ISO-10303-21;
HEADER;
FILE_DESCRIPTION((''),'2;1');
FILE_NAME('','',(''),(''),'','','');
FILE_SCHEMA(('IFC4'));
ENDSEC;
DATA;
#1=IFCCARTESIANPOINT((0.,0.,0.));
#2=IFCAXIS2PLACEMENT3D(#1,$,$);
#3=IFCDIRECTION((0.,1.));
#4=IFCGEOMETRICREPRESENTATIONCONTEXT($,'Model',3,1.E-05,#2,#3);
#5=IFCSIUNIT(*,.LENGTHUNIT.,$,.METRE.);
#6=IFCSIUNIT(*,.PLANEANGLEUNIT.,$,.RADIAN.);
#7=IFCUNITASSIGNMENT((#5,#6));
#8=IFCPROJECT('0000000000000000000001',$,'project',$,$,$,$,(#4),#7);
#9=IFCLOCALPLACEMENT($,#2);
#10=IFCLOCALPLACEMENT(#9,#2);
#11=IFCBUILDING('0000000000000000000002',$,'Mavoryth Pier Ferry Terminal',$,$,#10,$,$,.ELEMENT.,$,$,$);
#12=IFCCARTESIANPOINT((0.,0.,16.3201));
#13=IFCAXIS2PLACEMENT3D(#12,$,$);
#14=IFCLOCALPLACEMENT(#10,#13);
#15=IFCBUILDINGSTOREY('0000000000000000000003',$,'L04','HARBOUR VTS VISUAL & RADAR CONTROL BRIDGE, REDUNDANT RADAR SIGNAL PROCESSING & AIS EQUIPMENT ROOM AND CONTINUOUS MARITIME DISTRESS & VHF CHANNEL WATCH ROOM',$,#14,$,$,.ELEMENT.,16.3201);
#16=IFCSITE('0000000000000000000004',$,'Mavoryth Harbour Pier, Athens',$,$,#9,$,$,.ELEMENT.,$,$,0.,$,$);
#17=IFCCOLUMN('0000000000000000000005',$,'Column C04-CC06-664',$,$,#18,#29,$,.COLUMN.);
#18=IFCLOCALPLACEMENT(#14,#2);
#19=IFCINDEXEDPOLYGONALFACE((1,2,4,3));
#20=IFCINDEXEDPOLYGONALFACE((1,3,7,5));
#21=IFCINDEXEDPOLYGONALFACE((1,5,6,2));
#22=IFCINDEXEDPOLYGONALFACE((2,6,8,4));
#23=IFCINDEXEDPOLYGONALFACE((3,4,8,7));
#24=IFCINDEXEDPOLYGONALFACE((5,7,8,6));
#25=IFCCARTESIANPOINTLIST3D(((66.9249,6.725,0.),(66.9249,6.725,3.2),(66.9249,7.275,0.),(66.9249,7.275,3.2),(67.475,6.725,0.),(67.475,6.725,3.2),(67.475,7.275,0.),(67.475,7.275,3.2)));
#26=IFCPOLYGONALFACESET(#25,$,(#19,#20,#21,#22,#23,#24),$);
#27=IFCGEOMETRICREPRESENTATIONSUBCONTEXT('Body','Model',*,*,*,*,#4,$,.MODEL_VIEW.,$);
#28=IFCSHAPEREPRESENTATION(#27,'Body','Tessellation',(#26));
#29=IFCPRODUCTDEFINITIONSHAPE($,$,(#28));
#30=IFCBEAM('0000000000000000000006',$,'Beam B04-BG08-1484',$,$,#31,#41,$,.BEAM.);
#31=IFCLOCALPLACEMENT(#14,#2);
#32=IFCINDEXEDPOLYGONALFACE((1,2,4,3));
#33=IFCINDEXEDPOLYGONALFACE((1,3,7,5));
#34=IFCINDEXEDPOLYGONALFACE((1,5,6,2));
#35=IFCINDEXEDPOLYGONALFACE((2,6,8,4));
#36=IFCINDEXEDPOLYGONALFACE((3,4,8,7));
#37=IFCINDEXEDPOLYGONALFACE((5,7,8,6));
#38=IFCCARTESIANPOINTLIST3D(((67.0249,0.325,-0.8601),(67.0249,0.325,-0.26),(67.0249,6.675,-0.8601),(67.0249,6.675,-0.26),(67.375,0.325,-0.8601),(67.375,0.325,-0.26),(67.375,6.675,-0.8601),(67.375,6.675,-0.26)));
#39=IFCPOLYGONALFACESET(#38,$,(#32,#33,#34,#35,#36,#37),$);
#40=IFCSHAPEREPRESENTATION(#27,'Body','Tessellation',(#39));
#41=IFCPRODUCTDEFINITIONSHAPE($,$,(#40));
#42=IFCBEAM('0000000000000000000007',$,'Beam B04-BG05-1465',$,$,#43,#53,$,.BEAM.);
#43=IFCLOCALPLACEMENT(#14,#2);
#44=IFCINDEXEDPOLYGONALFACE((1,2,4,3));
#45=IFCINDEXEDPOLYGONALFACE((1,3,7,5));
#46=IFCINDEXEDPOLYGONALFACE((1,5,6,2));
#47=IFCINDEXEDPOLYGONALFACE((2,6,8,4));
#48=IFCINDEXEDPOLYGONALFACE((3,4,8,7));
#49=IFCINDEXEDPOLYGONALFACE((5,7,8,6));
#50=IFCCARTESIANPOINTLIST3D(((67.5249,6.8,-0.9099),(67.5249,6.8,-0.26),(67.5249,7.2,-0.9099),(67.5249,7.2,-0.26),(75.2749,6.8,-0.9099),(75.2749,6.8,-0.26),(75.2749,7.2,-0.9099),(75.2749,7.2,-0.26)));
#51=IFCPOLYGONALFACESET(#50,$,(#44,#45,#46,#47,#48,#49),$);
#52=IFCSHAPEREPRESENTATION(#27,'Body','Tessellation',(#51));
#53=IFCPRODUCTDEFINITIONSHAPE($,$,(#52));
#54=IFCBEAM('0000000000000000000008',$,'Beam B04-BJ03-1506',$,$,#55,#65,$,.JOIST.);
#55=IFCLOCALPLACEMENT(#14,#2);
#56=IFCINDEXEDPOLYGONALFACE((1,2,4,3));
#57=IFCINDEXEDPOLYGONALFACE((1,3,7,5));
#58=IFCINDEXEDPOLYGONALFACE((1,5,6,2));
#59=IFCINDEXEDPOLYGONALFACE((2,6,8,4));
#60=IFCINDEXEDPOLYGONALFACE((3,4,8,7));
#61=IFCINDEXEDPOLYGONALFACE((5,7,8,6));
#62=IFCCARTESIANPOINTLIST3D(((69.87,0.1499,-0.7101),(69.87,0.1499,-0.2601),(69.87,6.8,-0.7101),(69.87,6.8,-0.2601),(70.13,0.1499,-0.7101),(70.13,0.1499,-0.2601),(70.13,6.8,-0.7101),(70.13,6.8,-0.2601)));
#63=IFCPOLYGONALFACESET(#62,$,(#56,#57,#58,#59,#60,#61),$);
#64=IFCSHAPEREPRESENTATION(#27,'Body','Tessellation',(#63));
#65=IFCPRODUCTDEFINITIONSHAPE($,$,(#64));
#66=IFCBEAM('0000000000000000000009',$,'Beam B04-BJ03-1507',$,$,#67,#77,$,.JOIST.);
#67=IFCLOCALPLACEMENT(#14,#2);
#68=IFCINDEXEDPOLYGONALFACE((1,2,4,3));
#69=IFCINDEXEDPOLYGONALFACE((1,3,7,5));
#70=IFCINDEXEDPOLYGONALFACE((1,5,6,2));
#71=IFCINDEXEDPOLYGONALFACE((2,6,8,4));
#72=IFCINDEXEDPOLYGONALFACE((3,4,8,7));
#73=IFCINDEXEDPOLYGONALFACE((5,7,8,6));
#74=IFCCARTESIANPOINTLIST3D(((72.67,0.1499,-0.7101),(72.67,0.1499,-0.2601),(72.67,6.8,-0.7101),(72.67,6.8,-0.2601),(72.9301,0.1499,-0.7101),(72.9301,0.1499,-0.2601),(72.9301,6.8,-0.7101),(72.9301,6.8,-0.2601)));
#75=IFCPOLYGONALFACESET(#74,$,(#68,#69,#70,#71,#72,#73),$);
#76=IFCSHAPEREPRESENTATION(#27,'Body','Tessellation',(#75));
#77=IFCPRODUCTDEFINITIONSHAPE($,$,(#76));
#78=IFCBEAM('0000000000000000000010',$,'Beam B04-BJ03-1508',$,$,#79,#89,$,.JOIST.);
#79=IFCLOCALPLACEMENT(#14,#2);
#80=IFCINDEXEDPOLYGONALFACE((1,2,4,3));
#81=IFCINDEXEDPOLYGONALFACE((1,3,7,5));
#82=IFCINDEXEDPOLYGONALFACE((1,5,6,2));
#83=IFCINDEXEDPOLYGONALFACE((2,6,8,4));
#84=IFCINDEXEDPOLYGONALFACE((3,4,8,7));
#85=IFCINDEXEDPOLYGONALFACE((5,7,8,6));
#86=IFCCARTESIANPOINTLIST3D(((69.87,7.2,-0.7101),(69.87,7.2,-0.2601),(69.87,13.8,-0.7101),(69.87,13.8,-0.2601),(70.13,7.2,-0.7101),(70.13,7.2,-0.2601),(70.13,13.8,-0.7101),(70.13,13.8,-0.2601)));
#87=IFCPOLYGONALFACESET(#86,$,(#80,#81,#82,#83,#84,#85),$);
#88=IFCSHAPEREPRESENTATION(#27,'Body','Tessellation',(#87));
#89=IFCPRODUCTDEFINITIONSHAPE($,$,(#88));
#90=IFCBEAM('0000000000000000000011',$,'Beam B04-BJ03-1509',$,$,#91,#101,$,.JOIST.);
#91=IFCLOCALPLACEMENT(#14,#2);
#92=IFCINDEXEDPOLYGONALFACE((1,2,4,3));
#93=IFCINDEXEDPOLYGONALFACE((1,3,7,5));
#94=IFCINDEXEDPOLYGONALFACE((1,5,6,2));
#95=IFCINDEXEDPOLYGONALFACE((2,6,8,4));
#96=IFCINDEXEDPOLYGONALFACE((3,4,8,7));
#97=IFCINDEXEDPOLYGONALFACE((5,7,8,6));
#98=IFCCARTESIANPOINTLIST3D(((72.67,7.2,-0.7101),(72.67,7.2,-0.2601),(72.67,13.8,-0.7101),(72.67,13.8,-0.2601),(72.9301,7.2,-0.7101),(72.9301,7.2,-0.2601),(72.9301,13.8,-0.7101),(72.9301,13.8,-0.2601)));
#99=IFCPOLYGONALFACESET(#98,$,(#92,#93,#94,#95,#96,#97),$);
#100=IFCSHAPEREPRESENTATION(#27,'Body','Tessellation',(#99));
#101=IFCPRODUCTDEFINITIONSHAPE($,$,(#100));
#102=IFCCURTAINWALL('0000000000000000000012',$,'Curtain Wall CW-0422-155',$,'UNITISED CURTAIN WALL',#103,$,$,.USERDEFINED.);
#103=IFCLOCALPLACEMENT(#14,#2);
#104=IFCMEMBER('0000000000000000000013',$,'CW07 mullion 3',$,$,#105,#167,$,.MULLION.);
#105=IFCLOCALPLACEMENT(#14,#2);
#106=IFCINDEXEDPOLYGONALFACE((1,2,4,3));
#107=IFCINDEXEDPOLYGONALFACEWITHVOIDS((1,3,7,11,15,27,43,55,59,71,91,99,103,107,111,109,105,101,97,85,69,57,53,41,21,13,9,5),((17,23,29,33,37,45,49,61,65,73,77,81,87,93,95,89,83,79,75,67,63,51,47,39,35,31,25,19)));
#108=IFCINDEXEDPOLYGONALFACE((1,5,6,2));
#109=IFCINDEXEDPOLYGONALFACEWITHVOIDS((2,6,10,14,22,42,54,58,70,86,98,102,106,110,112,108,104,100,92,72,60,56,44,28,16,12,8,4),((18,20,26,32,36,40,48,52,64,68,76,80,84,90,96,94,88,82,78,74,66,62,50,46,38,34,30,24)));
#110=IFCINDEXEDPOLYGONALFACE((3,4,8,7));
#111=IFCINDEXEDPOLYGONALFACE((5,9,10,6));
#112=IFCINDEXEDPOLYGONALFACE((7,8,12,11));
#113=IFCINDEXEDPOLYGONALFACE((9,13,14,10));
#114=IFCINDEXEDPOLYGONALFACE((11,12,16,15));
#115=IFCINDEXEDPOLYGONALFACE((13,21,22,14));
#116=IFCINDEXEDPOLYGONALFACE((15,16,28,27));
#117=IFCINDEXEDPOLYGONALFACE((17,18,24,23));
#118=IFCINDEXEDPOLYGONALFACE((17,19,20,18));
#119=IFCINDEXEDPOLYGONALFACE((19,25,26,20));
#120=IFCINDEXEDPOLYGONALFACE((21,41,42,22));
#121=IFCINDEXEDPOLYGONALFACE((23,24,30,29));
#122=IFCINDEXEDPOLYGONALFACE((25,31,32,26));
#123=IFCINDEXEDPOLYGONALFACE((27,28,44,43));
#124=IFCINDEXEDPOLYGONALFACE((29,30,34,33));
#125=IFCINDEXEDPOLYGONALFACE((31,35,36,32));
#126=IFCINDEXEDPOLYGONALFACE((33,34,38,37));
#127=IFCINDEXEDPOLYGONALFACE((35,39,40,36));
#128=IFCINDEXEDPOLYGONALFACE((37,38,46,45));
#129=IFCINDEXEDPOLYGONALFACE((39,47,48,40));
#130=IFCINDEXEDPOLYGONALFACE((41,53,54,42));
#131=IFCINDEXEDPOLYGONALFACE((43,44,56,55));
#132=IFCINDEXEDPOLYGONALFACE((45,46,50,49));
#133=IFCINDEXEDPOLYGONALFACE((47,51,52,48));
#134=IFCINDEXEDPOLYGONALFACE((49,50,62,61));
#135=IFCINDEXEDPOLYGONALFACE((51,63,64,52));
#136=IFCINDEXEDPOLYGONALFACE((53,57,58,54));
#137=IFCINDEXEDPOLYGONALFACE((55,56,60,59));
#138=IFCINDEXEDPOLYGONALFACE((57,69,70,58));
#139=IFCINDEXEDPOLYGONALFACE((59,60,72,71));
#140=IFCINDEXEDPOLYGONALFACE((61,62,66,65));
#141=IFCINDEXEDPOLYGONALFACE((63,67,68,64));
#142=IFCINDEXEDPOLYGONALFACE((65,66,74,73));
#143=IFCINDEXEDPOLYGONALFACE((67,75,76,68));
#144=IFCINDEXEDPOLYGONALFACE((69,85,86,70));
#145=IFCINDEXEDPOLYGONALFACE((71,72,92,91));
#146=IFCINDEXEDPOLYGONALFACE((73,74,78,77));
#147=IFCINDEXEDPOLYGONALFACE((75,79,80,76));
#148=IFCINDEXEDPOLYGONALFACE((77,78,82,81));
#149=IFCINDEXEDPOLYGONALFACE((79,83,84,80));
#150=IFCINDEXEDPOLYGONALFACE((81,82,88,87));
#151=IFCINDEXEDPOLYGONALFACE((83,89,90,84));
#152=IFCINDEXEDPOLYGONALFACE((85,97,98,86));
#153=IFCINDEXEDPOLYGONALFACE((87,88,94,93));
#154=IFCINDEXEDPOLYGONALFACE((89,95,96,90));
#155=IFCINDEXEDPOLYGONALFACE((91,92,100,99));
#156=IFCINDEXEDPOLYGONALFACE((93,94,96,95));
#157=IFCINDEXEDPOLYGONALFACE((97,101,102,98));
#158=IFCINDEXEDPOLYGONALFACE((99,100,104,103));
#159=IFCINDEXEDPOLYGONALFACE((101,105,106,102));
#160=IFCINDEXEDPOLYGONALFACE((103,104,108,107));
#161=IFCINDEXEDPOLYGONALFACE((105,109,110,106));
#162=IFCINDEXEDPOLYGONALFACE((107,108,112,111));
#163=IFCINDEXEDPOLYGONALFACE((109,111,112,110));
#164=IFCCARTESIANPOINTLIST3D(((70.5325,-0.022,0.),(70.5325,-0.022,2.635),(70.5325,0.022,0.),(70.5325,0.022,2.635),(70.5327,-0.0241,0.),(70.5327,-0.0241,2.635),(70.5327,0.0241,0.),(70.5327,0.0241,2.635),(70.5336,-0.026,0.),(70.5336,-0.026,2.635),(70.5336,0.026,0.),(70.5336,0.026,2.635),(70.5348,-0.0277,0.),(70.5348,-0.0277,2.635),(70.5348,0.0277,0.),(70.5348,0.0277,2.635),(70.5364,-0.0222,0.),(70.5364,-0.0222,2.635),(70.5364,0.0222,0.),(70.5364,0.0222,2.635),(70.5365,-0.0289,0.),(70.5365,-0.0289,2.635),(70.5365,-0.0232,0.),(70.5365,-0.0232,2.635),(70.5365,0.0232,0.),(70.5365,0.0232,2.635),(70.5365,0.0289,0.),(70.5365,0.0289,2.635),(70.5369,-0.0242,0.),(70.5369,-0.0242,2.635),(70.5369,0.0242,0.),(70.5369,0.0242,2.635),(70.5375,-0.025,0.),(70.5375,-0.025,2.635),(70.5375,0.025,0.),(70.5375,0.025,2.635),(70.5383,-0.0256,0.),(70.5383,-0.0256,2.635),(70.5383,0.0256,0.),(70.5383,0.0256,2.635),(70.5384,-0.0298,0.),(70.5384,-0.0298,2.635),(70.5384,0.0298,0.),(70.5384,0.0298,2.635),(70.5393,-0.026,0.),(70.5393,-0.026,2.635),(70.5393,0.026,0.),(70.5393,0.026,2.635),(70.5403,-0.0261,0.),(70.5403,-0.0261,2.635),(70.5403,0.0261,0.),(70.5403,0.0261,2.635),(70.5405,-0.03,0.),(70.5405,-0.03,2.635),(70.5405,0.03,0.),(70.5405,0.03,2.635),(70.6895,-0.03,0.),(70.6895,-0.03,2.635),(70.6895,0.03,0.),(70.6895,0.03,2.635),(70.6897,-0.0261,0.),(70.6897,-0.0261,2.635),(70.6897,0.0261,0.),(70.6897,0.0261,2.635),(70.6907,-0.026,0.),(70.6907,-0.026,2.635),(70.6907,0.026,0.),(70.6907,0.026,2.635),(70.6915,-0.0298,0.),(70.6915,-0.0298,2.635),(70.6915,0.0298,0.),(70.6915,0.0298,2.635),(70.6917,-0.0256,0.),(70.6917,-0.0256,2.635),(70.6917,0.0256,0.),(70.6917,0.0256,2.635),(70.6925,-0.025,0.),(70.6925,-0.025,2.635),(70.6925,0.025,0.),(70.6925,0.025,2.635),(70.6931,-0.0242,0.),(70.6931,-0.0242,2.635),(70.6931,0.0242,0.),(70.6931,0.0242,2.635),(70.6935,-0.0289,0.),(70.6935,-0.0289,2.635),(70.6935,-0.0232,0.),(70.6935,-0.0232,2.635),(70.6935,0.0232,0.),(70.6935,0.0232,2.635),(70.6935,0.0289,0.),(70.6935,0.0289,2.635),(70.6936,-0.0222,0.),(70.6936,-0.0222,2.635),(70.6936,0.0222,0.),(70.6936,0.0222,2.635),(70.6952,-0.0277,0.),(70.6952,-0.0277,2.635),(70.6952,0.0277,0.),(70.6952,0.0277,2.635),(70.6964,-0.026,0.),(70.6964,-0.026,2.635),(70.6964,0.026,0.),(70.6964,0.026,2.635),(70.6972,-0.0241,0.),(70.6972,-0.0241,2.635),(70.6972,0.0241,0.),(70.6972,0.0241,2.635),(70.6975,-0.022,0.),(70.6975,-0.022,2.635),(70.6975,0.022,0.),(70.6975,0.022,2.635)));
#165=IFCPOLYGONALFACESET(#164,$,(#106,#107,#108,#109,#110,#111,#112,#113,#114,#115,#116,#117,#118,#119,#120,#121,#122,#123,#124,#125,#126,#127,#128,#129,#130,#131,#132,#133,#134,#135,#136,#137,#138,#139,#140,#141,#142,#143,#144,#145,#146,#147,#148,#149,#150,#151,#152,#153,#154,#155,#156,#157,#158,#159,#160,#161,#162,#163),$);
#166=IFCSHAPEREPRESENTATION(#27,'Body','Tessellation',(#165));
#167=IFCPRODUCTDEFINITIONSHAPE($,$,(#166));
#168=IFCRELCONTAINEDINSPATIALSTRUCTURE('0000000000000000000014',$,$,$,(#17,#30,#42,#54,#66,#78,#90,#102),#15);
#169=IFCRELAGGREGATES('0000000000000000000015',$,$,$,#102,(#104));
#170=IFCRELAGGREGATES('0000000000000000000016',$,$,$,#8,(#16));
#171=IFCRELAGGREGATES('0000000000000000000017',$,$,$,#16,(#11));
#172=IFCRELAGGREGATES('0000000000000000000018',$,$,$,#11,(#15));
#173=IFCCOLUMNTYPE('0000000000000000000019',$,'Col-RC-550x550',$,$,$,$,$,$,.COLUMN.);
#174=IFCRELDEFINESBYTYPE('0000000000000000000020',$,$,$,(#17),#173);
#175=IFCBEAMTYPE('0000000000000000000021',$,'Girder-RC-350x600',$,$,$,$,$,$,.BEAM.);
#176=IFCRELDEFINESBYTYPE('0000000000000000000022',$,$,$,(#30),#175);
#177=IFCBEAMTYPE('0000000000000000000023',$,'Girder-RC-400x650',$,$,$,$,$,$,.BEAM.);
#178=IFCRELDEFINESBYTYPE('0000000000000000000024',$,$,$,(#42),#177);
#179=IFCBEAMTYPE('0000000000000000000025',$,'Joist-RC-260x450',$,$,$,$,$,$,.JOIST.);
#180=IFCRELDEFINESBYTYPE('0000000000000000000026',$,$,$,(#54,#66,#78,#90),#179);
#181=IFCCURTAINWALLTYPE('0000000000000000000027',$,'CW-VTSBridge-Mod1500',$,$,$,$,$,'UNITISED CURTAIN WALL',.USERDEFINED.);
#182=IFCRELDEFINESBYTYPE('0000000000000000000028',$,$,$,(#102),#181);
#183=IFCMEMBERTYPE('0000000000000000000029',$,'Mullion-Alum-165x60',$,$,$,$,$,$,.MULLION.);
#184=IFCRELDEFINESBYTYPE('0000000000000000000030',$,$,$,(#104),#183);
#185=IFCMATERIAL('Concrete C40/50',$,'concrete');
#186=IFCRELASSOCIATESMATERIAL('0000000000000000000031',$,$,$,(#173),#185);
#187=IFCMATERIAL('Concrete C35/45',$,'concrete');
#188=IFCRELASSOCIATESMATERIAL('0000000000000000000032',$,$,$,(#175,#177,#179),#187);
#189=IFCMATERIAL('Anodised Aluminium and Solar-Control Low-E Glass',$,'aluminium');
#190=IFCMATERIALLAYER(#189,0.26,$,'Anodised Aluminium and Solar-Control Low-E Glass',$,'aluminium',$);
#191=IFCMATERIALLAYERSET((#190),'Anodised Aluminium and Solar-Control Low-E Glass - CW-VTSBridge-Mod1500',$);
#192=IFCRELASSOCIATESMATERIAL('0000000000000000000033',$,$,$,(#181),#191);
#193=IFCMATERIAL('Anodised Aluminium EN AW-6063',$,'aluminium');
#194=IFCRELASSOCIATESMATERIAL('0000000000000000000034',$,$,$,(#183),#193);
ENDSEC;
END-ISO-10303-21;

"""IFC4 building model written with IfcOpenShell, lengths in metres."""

from ifc_helpers import new_model, si_unit, direction, frame, origin, origin_2d, place, context, subcontext, project, spatial, rectangle, hollow_rectangle, extrude, material, layer, layer_set, material_profile, profile_set, type_object, element, aggregate, save


model = new_model("IFC4")

# Units and contexts
model_context = context("Model", 3, precision=1e-05, world=origin(), true_north=direction((0.0, 1.0)))
body_context = subcontext(model_context, "Body", "Model", "MODEL_VIEW")
ifc_project = project(units=[si_unit("LENGTHUNIT", "METRE"), si_unit("PLANEANGLEUNIT", "RADIAN")], contexts=[model_context])

# Site, building, storey
site_placement = place(None, origin())
site = spatial("IfcSite", under=ifc_project, at=site_placement, Name="Mavoryth Harbour Pier, Athens", CompositionType="ELEMENT", RefElevation=0.0)
building_placement = place(site_placement, origin())
building = spatial("IfcBuilding", under=site, at=building_placement, Name="Mavoryth Pier Ferry Terminal", CompositionType="ELEMENT")
storey_placement = place(building_placement, frame((0.0, 0.0, 16.3201)))
storey = spatial("IfcBuildingStorey", under=building, at=storey_placement, Name="L04", Description="HARBOUR VTS VISUAL & RADAR CONTROL BRIDGE, REDUNDANT RADAR SIGNAL PROCESSING & AIS EQUIPMENT ROOM AND CONTINUOUS MARITIME DISTRESS & VHF CHANNEL WATCH ROOM", CompositionType="ELEMENT", Elevation=16.3201)

# Column
ifc_material_1 = material(Name="Concrete C40/50", Category="concrete")
ifc_material_profile_1 = material_profile(ifc_material_1, rectangle(XDim=0.55, YDim=0.55, at=origin_2d()), Name="RC 550x550", Category="concrete")
ifc_profile_set_1 = profile_set([ifc_material_profile_1], Name="Concrete C40/50 - RC 550x550")
column_type = type_object("IfcColumnType", Name="Col-RC-550x550", PredefinedType="COLUMN", material=ifc_profile_set_1)
column_placement = place(storey_placement, frame((67.2, 7.0, 0.0), z_axis=(0.0, 0.0, 1.0), x_axis=(1.0, 0.0, 0.0)))
element("IfcColumn", 1, at=column_placement, inside=storey, type_object=column_type, Name="Column C04-CC06-664", PredefinedType="COLUMN", context=body_context, shape_type="SweptSolid", body=[
    extrude(rectangle(XDim=0.55, YDim=0.55, at=origin_2d()), origin(), (0.0, 0.0, 1.0), 3.2),
])

# Beams
ifc_material_2 = material(Name="Concrete C35/45", Category="concrete")
ifc_material_profile_2 = material_profile(ifc_material_2, rectangle(XDim=0.3501, YDim=0.6001, at=origin_2d()), Name="RC 350x600", Category="concrete")
ifc_profile_set_2 = profile_set([ifc_material_profile_2], Name="Concrete C35/45 - RC 350x600")
beam_type_1 = type_object("IfcBeamType", Name="Girder-RC-350x600", PredefinedType="BEAM", material=ifc_profile_set_2)
beam_1_placement = place(storey_placement, frame((67.2, 0.325, -0.5601), z_axis=(0.0, 1.0, 0.0), x_axis=(-1.0, 0.0, 0.0)))
element("IfcBeam", 2, at=beam_1_placement, inside=storey, type_object=beam_type_1, Name="Beam B04-BG08-1484", PredefinedType="BEAM", context=body_context, shape_type="SweptSolid", body=[
    extrude(rectangle(XDim=0.3501, YDim=0.6001, at=origin_2d()), origin(), (0.0, 0.0, 1.0), 6.3501),
])
ifc_material_profile_3 = material_profile(ifc_material_2, rectangle(XDim=0.3999, YDim=0.6499, at=origin_2d()), Name="RC 400x650", Category="concrete")
ifc_profile_set_3 = profile_set([ifc_material_profile_3], Name="Concrete C35/45 - RC 400x650")
beam_type_2 = type_object("IfcBeamType", Name="Girder-RC-400x650", PredefinedType="BEAM", material=ifc_profile_set_3)
beam_2_placement = place(storey_placement, frame((67.5249, 7.0, -0.585), z_axis=(1.0, 0.0, 0.0), x_axis=(0.0, 1.0, 0.0)))
element("IfcBeam", 3, at=beam_2_placement, inside=storey, type_object=beam_type_2, Name="Beam B04-BG05-1465", PredefinedType="BEAM", context=body_context, shape_type="SweptSolid", body=[
    extrude(rectangle(XDim=0.3999, YDim=0.6499, at=origin_2d()), origin(), (0.0, 0.0, 1.0), 7.75),
])
ifc_material_profile_4 = material_profile(ifc_material_2, rectangle(XDim=0.26, YDim=0.45, at=origin_2d()), Name="RC 260x450", Category="concrete")
ifc_profile_set_4 = profile_set([ifc_material_profile_4], Name="Concrete C35/45 - RC 260x450")
beam_type_3 = type_object("IfcBeamType", Name="Joist-RC-260x450", PredefinedType="JOIST", material=ifc_profile_set_4)
for number, where, z_axis, x_axis, name in (
    (4, (70.0, 0.1499, -0.4851), (0.0, 1.0, 0.0), (-1.0, 0.0, 0.0), "Beam B04-BJ03-1506"),
    (5, (72.8, 0.1499, -0.4851), (0.0, 1.0, 0.0), (-1.0, 0.0, 0.0), "Beam B04-BJ03-1507"),
):
    element("IfcBeam", number, at=place(storey_placement, frame(where, z_axis=z_axis, x_axis=x_axis)), inside=storey, type_object=beam_type_3, Name=name, PredefinedType="JOIST", context=body_context, shape_type="SweptSolid", body=[
        extrude(rectangle(XDim=0.26, YDim=0.45, at=origin_2d()), origin(), (0.0, 0.0, 1.0), 6.6501),
    ])
for number, where, z_axis, x_axis, name in (
    (6, (70.0, 7.2, -0.4851), (0.0, 1.0, 0.0), (-1.0, 0.0, 0.0), "Beam B04-BJ03-1508"),
    (7, (72.8, 7.2, -0.4851), (0.0, 1.0, 0.0), (-1.0, 0.0, 0.0), "Beam B04-BJ03-1509"),
):
    element("IfcBeam", number, at=place(storey_placement, frame(where, z_axis=z_axis, x_axis=x_axis)), inside=storey, type_object=beam_type_3, Name=name, PredefinedType="JOIST", context=body_context, shape_type="SweptSolid", body=[
        extrude(rectangle(XDim=0.26, YDim=0.45, at=origin_2d()), origin(), (0.0, 0.0, 1.0), 6.6001),
    ])

# Curtain wall, member
ifc_material_3 = material(Name="Anodised Aluminium and Solar-Control Low-E Glass", Category="aluminium")
ifc_layer_1 = layer(ifc_material_3, 0.26, Name="Anodised Aluminium and Solar-Control Low-E Glass", Category="aluminium")
ifc_layer_set_1 = layer_set([ifc_layer_1], Name="Anodised Aluminium and Solar-Control Low-E Glass - CW-VTSBridge-Mod1500")
curtain_wall_type = type_object("IfcCurtainWallType", Name="CW-VTSBridge-Mod1500", ElementType="UNITISED CURTAIN WALL", PredefinedType="USERDEFINED", material=ifc_layer_set_1)
curtain_wall_placement = place(storey_placement, origin())
curtain_wall = element("IfcCurtainWall", 8, at=curtain_wall_placement, inside=storey, type_object=curtain_wall_type, Name="Curtain Wall CW-0422-155", ObjectType="UNITISED CURTAIN WALL", PredefinedType="USERDEFINED")
ifc_material_4 = material(Name="Anodised Aluminium EN AW-6063", Category="aluminium")
ifc_material_profile_5 = material_profile(ifc_material_4, hollow_rectangle(XDim=0.0601, YDim=0.165, WallThickness=0.0039, InnerFilletRadius=0.0039, OuterFilletRadius=0.0081, at=origin_2d()), Name="AL-MULL 165x60x4", Category="aluminium")
ifc_profile_set_5 = profile_set([ifc_material_profile_5], Name="Anodised Aluminium EN AW-6063 - AL-MULL 165x60x4")
member_type_1 = type_object("IfcMemberType", Name="Mullion-Alum-165x60", PredefinedType="MULLION", material=ifc_profile_set_5)
member_1_placement = place(storey_placement, frame((70.615, 0.0, 0.0), z_axis=(0.0, 0.0, 1.0), x_axis=(0.0, 1.0, 0.0)))
member_1 = element("IfcMember", 9, at=member_1_placement, type_object=member_type_1, Name="CW07 mullion 3", PredefinedType="MULLION", context=body_context, shape_type="SweptSolid", body=[
    extrude(hollow_rectangle(XDim=0.0601, YDim=0.165, WallThickness=0.0039, InnerFilletRadius=0.0039, OuterFilletRadius=0.0081, at=origin_2d()), origin(), (0.0, 0.0, 1.0), 2.635),
])
aggregate(curtain_wall, [member_1])

save(model, "model.ifc")
